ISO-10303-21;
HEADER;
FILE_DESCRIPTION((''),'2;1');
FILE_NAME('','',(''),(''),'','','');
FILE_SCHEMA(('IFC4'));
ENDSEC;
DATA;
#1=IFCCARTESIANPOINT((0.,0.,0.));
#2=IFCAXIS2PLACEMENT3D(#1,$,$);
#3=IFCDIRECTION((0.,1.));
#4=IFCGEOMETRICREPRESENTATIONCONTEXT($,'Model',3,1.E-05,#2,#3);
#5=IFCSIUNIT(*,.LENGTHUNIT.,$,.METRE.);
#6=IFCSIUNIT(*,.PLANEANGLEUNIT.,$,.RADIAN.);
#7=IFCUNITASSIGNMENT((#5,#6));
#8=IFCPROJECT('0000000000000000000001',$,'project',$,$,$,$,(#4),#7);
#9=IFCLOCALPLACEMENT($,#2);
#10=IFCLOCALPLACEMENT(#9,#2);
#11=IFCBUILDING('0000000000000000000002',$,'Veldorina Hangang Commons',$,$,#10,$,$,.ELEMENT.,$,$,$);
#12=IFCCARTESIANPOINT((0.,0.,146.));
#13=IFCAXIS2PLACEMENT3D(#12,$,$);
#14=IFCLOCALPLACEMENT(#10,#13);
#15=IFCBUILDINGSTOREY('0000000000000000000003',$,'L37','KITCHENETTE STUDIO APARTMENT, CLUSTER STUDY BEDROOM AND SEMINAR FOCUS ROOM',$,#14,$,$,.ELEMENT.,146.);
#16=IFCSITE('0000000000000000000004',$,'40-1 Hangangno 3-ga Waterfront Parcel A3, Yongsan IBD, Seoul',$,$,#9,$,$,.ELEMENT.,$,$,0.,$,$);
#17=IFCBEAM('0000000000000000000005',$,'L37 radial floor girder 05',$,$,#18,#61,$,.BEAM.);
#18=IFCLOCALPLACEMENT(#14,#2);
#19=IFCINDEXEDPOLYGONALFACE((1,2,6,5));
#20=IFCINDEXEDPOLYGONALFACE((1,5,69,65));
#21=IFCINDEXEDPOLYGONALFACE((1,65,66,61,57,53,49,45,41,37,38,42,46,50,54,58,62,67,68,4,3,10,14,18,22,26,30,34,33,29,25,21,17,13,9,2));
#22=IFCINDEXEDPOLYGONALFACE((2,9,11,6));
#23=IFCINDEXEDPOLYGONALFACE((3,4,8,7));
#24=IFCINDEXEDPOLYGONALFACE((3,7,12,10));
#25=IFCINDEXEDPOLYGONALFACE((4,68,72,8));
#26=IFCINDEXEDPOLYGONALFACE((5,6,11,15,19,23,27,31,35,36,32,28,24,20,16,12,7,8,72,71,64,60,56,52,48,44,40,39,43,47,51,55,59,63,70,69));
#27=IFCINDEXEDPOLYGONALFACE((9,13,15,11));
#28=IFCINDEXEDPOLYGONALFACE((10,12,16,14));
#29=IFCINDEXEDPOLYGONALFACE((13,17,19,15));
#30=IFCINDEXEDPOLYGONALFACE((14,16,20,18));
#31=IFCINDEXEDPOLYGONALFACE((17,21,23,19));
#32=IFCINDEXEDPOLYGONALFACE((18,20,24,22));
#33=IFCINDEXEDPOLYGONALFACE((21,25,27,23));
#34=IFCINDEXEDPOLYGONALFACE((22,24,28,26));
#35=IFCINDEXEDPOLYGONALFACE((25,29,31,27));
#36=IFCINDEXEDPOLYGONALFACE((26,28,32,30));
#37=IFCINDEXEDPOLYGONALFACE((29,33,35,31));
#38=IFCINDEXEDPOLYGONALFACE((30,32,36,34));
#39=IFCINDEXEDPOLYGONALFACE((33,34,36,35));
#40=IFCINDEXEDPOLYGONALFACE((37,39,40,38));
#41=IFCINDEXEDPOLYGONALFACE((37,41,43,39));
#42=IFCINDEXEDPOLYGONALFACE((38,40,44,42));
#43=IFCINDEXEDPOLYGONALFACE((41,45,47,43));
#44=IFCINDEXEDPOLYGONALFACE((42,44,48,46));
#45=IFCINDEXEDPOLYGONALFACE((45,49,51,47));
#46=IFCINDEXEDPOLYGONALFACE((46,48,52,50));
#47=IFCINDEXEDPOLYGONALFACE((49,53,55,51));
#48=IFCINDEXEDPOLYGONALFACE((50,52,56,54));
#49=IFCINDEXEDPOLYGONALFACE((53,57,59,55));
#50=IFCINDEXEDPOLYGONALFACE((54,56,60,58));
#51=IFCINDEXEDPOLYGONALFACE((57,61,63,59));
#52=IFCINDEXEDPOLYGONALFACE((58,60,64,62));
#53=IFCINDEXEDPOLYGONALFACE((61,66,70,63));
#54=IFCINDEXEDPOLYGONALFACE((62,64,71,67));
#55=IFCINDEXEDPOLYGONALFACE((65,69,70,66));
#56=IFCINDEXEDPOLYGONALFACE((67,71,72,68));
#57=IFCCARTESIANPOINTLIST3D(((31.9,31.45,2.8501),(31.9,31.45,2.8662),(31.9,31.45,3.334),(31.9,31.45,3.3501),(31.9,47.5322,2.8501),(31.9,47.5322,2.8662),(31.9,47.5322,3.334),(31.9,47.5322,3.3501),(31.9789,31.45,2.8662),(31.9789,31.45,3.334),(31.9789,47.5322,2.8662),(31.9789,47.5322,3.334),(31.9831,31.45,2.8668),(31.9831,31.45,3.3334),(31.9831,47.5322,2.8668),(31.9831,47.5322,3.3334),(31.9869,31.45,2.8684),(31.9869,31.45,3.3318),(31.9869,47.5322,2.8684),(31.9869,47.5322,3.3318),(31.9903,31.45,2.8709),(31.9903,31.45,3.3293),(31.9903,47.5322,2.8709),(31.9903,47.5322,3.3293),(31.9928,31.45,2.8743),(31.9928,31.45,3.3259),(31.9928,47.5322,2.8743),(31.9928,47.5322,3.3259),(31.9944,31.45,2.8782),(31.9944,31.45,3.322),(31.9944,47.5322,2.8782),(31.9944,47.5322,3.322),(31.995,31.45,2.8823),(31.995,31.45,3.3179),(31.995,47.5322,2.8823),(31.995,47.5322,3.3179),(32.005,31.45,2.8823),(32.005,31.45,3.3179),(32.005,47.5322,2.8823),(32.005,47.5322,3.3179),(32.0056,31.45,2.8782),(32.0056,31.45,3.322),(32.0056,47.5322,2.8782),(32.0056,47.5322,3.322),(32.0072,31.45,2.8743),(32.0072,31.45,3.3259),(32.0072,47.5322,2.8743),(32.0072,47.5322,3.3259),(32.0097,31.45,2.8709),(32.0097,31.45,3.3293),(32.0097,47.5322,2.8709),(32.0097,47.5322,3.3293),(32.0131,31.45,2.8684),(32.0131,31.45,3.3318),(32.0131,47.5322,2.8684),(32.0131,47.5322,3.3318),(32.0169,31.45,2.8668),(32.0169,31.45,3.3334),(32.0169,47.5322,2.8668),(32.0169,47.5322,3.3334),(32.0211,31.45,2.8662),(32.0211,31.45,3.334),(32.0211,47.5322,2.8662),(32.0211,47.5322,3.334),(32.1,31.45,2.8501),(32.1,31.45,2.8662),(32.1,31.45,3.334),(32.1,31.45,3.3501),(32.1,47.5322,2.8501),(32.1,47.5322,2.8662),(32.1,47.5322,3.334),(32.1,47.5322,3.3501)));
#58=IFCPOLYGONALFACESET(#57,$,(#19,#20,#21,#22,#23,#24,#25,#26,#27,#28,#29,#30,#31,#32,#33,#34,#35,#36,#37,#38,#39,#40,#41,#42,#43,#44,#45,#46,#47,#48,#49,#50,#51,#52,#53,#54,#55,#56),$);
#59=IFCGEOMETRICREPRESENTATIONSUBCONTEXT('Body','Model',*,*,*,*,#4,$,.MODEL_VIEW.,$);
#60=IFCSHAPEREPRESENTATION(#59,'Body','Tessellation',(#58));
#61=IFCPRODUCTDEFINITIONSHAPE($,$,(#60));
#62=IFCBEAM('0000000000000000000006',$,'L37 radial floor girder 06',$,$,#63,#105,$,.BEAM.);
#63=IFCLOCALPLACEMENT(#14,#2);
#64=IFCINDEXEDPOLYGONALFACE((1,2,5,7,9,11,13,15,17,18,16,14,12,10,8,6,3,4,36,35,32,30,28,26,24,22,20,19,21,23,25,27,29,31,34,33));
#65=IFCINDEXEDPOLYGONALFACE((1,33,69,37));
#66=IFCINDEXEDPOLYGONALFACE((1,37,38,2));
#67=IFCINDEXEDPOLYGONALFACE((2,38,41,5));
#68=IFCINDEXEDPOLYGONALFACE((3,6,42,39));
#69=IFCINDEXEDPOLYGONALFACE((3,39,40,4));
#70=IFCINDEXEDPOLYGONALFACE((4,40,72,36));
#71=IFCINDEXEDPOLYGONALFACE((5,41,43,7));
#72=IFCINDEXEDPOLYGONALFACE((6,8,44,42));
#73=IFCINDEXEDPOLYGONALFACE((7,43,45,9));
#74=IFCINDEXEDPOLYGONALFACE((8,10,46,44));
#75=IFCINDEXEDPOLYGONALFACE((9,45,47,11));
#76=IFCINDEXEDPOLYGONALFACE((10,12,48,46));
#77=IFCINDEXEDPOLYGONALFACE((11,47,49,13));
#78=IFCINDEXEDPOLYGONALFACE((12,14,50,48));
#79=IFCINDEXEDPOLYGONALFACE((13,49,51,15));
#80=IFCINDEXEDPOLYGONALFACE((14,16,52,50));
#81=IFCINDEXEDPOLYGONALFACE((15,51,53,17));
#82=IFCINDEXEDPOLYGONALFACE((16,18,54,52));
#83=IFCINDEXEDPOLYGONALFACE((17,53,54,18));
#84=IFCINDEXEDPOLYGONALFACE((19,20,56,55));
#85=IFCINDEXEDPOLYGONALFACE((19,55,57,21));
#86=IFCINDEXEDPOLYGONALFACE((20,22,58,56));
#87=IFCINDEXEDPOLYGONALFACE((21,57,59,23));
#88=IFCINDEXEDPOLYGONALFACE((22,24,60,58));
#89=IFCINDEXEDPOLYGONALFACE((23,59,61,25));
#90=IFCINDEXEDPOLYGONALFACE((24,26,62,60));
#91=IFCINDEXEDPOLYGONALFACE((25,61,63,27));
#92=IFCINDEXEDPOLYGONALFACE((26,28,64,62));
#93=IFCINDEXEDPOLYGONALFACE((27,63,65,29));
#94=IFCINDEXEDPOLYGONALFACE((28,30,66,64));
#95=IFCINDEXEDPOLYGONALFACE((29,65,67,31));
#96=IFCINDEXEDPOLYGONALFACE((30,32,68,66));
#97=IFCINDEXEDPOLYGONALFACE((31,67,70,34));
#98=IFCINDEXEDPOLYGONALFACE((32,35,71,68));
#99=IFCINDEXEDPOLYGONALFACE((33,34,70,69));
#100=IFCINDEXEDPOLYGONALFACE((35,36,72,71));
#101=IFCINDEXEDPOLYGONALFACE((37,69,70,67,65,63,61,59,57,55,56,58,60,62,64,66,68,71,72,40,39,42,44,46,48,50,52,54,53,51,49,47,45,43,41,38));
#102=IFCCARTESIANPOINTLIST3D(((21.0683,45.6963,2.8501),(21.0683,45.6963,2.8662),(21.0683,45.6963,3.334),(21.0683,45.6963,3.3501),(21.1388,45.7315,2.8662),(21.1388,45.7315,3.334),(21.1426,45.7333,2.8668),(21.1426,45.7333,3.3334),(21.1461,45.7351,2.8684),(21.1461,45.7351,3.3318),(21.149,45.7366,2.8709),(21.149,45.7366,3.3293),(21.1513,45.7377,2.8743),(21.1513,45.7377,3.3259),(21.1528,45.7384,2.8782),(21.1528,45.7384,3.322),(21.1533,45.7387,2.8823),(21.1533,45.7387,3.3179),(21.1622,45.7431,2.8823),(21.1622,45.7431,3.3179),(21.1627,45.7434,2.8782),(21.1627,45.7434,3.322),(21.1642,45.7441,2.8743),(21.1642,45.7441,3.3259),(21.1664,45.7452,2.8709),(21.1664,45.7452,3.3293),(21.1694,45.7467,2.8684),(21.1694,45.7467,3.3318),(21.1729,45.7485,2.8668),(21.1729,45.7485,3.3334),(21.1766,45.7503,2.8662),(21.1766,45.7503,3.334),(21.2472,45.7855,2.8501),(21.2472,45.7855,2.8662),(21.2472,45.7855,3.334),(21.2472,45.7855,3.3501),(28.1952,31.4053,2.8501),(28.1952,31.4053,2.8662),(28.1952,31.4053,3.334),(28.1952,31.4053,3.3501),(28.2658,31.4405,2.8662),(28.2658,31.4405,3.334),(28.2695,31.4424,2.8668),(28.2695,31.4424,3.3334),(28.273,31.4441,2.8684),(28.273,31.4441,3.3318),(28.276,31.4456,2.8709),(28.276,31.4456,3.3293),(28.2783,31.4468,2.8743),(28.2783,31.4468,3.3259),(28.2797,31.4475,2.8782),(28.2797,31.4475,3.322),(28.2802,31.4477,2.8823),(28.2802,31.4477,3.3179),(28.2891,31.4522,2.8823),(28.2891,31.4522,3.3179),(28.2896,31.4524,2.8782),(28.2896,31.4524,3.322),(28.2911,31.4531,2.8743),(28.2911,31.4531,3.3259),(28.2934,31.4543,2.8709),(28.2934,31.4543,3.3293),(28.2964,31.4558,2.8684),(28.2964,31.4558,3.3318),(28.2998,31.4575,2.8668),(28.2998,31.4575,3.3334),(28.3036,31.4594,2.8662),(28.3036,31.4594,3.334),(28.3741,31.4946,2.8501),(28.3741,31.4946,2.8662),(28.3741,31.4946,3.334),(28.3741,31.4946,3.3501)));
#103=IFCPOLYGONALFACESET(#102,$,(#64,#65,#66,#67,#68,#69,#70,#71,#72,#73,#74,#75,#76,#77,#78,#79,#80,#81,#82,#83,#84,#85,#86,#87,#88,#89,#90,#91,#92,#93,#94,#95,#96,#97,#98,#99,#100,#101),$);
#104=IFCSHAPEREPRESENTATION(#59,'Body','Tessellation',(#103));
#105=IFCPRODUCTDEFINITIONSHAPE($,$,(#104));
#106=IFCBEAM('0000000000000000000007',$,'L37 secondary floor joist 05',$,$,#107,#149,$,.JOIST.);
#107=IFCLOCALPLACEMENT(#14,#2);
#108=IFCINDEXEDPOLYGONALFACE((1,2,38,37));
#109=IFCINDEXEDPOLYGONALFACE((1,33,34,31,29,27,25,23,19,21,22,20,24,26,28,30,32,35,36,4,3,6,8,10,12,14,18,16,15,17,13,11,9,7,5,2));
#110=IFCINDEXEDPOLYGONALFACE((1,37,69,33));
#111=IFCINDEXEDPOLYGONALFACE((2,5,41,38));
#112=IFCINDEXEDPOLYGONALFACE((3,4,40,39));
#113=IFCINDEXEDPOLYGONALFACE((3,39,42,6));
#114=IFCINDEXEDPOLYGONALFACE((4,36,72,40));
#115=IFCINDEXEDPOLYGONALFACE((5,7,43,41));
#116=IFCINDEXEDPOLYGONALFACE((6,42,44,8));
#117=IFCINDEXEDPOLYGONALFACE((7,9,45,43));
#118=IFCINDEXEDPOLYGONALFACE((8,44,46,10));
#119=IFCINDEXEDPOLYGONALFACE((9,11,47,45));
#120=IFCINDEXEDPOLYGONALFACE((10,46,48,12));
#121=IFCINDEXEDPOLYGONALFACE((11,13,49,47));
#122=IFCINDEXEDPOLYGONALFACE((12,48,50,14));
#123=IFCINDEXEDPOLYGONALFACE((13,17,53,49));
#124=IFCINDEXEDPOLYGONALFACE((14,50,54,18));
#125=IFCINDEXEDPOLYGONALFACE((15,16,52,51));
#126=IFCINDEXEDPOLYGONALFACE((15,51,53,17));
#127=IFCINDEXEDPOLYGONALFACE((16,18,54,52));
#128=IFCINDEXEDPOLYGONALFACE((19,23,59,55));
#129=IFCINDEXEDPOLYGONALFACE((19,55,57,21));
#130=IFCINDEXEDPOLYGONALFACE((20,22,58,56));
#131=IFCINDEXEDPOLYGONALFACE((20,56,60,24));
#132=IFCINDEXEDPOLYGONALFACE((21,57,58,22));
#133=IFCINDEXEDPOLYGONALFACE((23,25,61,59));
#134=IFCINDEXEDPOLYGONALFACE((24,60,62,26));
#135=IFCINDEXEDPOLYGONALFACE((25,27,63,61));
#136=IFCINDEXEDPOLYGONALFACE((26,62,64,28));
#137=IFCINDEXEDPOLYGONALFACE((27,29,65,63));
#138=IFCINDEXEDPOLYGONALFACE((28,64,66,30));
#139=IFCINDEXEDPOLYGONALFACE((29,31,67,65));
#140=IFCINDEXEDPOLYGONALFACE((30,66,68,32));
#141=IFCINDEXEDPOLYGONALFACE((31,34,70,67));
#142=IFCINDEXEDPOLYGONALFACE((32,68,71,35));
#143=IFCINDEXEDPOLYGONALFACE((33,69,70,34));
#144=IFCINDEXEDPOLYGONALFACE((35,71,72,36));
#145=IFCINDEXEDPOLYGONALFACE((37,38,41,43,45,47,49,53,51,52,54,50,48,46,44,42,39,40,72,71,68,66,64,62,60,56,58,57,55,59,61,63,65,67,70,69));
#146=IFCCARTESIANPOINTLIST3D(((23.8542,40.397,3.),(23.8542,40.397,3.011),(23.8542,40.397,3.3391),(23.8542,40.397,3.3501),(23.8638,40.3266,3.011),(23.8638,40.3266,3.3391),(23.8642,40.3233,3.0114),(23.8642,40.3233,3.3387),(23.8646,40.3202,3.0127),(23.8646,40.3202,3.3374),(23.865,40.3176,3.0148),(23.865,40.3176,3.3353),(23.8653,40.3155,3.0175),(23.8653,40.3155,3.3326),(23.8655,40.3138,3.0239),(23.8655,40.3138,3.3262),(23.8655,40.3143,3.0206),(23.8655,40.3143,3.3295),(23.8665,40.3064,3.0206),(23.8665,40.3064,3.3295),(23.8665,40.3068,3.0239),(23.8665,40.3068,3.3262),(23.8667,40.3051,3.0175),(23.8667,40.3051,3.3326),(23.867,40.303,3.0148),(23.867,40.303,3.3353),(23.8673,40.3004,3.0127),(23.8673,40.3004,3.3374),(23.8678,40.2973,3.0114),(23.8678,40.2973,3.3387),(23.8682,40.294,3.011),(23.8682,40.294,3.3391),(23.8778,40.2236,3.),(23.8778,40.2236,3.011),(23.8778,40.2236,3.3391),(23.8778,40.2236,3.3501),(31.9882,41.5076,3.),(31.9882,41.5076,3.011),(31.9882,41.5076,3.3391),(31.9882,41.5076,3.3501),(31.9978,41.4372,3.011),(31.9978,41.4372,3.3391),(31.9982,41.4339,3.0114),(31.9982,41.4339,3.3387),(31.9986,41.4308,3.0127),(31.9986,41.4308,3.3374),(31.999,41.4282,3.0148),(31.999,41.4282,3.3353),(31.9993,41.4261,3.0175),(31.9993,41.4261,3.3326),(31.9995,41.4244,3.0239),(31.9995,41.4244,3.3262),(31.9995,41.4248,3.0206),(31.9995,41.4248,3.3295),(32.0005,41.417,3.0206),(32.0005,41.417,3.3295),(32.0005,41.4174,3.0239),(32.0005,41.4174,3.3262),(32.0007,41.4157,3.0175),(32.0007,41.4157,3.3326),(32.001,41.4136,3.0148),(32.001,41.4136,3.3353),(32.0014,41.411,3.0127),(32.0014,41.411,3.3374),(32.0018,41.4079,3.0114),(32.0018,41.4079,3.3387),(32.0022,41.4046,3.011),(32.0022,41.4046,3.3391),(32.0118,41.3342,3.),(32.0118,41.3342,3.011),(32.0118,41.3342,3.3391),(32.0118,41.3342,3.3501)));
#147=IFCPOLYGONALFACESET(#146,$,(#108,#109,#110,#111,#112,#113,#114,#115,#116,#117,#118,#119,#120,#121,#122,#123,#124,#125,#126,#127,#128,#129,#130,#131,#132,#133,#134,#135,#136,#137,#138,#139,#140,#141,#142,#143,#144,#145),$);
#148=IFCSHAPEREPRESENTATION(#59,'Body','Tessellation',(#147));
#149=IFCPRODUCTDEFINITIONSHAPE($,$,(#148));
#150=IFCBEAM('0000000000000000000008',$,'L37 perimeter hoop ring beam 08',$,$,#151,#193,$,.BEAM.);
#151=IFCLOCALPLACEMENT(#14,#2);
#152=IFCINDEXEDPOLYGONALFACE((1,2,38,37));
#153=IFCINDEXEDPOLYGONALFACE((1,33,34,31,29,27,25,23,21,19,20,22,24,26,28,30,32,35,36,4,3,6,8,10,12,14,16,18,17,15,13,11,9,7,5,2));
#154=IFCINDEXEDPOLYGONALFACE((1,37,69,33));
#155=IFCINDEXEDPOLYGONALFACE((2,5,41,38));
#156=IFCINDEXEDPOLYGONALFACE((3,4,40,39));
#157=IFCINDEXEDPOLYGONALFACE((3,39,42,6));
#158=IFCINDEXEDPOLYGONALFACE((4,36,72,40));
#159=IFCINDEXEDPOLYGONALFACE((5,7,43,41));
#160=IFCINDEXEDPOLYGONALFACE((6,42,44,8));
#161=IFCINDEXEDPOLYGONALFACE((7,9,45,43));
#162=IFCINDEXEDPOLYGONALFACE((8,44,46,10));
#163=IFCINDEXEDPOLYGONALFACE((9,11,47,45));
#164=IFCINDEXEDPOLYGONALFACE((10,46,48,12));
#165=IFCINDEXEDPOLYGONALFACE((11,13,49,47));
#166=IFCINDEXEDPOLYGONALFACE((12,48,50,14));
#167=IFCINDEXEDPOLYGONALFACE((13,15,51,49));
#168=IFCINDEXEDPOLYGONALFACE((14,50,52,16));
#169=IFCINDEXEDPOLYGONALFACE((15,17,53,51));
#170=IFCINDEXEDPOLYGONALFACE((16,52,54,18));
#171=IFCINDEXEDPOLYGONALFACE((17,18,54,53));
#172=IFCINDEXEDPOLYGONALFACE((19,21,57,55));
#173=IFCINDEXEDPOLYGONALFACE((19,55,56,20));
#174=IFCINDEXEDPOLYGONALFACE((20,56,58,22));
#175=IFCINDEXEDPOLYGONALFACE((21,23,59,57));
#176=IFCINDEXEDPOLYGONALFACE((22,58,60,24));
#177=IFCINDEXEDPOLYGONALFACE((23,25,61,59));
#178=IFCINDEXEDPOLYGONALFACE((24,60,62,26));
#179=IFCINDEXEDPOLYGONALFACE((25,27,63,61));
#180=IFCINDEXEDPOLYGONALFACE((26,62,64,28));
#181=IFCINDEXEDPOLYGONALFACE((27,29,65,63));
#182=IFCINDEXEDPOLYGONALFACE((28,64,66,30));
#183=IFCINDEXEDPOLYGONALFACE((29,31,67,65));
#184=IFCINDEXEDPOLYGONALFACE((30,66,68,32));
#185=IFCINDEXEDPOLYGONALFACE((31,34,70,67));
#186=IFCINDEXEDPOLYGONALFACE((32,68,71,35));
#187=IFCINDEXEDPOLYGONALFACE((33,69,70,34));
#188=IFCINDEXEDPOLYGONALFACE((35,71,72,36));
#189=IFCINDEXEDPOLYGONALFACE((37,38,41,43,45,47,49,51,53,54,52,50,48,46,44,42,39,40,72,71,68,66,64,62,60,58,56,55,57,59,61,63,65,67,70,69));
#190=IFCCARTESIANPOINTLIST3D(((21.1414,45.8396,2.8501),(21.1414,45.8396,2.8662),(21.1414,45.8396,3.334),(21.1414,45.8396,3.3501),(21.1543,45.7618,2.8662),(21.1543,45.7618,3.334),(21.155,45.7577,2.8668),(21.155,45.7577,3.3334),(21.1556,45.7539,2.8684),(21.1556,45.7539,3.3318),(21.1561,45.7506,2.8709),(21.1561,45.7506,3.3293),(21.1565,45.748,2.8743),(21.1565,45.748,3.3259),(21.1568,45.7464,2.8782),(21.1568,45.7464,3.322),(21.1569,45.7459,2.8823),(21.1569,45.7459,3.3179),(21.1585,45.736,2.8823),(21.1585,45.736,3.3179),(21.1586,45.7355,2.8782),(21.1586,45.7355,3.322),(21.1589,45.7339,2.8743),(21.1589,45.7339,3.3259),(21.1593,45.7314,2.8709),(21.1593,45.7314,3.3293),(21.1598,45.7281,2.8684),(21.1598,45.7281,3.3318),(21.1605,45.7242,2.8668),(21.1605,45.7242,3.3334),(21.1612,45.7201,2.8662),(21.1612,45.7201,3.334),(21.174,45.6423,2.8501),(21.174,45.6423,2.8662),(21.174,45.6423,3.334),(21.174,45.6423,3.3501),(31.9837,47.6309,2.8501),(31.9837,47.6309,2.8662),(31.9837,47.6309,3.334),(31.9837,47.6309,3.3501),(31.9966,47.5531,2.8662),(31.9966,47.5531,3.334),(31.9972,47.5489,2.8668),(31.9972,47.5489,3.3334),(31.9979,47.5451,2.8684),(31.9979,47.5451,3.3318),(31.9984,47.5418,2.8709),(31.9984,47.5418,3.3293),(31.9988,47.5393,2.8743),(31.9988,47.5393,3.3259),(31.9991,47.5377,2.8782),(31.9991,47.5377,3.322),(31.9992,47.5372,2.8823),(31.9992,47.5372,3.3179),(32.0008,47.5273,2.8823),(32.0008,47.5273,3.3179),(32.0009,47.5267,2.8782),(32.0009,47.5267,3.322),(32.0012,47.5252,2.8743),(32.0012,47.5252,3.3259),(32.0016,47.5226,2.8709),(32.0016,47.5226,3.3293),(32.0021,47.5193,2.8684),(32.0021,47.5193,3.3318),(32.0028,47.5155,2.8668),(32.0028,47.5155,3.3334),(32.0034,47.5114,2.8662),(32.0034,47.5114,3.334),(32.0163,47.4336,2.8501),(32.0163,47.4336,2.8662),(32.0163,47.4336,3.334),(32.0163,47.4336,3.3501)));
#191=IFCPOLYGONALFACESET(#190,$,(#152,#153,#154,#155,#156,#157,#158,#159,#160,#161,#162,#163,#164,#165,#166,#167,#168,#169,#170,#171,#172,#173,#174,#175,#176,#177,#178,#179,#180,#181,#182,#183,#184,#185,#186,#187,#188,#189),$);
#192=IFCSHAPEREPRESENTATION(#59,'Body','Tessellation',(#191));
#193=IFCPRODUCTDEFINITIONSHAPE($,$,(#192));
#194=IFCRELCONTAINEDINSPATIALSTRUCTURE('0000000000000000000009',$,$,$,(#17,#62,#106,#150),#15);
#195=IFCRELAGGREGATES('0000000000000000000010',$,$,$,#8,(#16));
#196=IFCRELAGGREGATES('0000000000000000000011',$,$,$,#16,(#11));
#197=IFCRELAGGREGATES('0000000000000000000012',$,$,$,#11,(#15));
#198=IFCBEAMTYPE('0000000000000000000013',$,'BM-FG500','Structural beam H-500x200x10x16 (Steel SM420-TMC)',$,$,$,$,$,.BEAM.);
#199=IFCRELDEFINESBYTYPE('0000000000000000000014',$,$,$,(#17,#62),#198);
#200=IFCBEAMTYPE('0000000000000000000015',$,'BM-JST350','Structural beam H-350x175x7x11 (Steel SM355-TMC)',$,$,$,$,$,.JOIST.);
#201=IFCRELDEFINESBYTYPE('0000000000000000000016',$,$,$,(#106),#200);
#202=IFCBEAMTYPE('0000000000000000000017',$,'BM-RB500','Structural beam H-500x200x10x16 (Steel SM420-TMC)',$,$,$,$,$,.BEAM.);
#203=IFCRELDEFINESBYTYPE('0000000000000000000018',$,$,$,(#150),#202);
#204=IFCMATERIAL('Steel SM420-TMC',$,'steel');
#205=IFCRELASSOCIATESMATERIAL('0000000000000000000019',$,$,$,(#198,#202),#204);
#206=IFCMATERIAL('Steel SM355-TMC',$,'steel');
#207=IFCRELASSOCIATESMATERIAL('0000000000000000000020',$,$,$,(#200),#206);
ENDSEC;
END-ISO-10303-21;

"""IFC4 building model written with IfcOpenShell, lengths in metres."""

from ifc_helpers import new_model, si_unit, direction, frame, origin, origin_2d, place, context, subcontext, project, spatial, i_section, extrude, material, material_profile, profile_set, type_object, element, save


model = new_model("IFC4")

# Units and contexts
model_context = context("Model", 3, precision=1e-05, world=origin(), true_north=direction((0.0, 1.0)))
body_context = subcontext(model_context, "Body", "Model", "MODEL_VIEW")
ifc_project = project(units=[si_unit("LENGTHUNIT", "METRE"), si_unit("PLANEANGLEUNIT", "RADIAN")], contexts=[model_context])

# Site, building, storey
site_placement = place(None, origin())
site = spatial("IfcSite", under=ifc_project, at=site_placement, Name="40-1 Hangangno 3-ga Waterfront Parcel A3, Yongsan IBD, Seoul", CompositionType="ELEMENT", RefElevation=0.0)
building_placement = place(site_placement, origin())
building = spatial("IfcBuilding", under=site, at=building_placement, Name="Veldorina Hangang Commons", CompositionType="ELEMENT")
storey_placement = place(building_placement, frame((0.0, 0.0, 146.0)))
storey = spatial("IfcBuildingStorey", under=building, at=storey_placement, Name="L37", Description="KITCHENETTE STUDIO APARTMENT, CLUSTER STUDY BEDROOM AND SEMINAR FOCUS ROOM", CompositionType="ELEMENT", Elevation=146.0)

# Beams
ifc_material_1 = material(Name="Steel SM420-TMC", Category="steel")
ifc_material_profile_1 = material_profile(ifc_material_1, i_section(OverallWidth=0.2, OverallDepth=0.5, WebThickness=0.01, FlangeThickness=0.0161, FilletRadius=0.0161, at=origin_2d()), Name="H-500x200x10x16")
ifc_profile_set_1 = profile_set([ifc_material_profile_1], Name="Steel SM420-TMC")
beam_type_1 = type_object("IfcBeamType", Name="BM-FG500", Description="Structural beam H-500x200x10x16 (Steel SM420-TMC)", PredefinedType="BEAM", material=ifc_profile_set_1)
beam_1_placement = place(storey_placement, frame((32.0, 31.45, 3.1001), z_axis=(0.0, 1.0, 0.0), x_axis=(-1.0, 0.0, 0.0)))
element("IfcBeam", 1, at=beam_1_placement, inside=storey, type_object=beam_type_1, Name="L37 radial floor girder 05", PredefinedType="BEAM", context=body_context, shape_type="SweptSolid", body=[
    extrude(i_section(OverallWidth=0.2, OverallDepth=0.5, WebThickness=0.01, FlangeThickness=0.0161, FilletRadius=0.0161, at=origin_2d()), origin(), (0.0, 0.0, 1.0), 16.0823),
])
beam_2_placement = place(storey_placement, frame((28.2847, 31.45, 3.1001), z_axis=(-0.446284, 0.894891, 0.0), x_axis=(-0.894891, -0.446284, 0.0)))
element("IfcBeam", 2, at=beam_2_placement, inside=storey, type_object=beam_type_1, Name="L37 radial floor girder 06", PredefinedType="BEAM", context=body_context, shape_type="SweptSolid", body=[
    extrude(i_section(OverallWidth=0.2, OverallDepth=0.5, WebThickness=0.01, FlangeThickness=0.0161, FilletRadius=0.0161, at=origin_2d()), origin(), (0.0, 0.0, 1.0), 15.9695),
])
ifc_material_2 = material(Name="Steel SM355-TMC", Category="steel")
ifc_material_profile_2 = material_profile(ifc_material_2, i_section(OverallWidth=0.175, OverallDepth=0.3501, WebThickness=0.0071, FlangeThickness=0.011, FilletRadius=0.0129, at=origin_2d()), Name="H-350x175x7x11")
ifc_profile_set_2 = profile_set([ifc_material_profile_2], Name="Steel SM355-TMC")
beam_type_2 = type_object("IfcBeamType", Name="BM-JST350", Description="Structural beam H-350x175x7x11 (Steel SM355-TMC)", PredefinedType="JOIST", material=ifc_profile_set_2)
beam_3_placement = place(storey_placement, frame((32.0, 41.4209, 3.175), z_axis=(-0.990807, -0.135282, 0.0), x_axis=(0.135282, -0.990807, 0.0)))
element("IfcBeam", 3, at=beam_3_placement, inside=storey, type_object=beam_type_2, Name="L37 secondary floor joist 05", PredefinedType="JOIST", context=body_context, shape_type="SweptSolid", body=[
    extrude(i_section(OverallWidth=0.175, OverallDepth=0.3501, WebThickness=0.0071, FlangeThickness=0.011, FilletRadius=0.0129, at=origin_2d()), origin(), (0.0, 0.0, 1.0), 8.2095),
])
ifc_material_profile_3 = material_profile(ifc_material_1, i_section(OverallWidth=0.2, OverallDepth=0.5, WebThickness=0.01, FlangeThickness=0.0161, FilletRadius=0.0161, at=origin_2d()), Name="H-500x200x10x16")
ifc_profile_set_3 = profile_set([ifc_material_profile_3], Name="Steel SM420-TMC")
beam_type_3 = type_object("IfcBeamType", Name="BM-RB500", Description="Structural beam H-500x200x10x16 (Steel SM420-TMC)", PredefinedType="BEAM", material=ifc_profile_set_3)
beam_4_placement = place(storey_placement, frame((32.0, 47.5322, 3.1001), z_axis=(-0.986626, -0.163001, 0.0), x_axis=(0.163001, -0.986626, 0.0)))
element("IfcBeam", 4, at=beam_4_placement, inside=storey, type_object=beam_type_3, Name="L37 perimeter hoop ring beam 08", PredefinedType="BEAM", context=body_context, shape_type="SweptSolid", body=[
    extrude(i_section(OverallWidth=0.2, OverallDepth=0.5, WebThickness=0.01, FlangeThickness=0.0161, FilletRadius=0.0161, at=origin_2d()), origin(), (0.0, 0.0, 1.0), 10.9893),
])

save(model, "model.ifc")
